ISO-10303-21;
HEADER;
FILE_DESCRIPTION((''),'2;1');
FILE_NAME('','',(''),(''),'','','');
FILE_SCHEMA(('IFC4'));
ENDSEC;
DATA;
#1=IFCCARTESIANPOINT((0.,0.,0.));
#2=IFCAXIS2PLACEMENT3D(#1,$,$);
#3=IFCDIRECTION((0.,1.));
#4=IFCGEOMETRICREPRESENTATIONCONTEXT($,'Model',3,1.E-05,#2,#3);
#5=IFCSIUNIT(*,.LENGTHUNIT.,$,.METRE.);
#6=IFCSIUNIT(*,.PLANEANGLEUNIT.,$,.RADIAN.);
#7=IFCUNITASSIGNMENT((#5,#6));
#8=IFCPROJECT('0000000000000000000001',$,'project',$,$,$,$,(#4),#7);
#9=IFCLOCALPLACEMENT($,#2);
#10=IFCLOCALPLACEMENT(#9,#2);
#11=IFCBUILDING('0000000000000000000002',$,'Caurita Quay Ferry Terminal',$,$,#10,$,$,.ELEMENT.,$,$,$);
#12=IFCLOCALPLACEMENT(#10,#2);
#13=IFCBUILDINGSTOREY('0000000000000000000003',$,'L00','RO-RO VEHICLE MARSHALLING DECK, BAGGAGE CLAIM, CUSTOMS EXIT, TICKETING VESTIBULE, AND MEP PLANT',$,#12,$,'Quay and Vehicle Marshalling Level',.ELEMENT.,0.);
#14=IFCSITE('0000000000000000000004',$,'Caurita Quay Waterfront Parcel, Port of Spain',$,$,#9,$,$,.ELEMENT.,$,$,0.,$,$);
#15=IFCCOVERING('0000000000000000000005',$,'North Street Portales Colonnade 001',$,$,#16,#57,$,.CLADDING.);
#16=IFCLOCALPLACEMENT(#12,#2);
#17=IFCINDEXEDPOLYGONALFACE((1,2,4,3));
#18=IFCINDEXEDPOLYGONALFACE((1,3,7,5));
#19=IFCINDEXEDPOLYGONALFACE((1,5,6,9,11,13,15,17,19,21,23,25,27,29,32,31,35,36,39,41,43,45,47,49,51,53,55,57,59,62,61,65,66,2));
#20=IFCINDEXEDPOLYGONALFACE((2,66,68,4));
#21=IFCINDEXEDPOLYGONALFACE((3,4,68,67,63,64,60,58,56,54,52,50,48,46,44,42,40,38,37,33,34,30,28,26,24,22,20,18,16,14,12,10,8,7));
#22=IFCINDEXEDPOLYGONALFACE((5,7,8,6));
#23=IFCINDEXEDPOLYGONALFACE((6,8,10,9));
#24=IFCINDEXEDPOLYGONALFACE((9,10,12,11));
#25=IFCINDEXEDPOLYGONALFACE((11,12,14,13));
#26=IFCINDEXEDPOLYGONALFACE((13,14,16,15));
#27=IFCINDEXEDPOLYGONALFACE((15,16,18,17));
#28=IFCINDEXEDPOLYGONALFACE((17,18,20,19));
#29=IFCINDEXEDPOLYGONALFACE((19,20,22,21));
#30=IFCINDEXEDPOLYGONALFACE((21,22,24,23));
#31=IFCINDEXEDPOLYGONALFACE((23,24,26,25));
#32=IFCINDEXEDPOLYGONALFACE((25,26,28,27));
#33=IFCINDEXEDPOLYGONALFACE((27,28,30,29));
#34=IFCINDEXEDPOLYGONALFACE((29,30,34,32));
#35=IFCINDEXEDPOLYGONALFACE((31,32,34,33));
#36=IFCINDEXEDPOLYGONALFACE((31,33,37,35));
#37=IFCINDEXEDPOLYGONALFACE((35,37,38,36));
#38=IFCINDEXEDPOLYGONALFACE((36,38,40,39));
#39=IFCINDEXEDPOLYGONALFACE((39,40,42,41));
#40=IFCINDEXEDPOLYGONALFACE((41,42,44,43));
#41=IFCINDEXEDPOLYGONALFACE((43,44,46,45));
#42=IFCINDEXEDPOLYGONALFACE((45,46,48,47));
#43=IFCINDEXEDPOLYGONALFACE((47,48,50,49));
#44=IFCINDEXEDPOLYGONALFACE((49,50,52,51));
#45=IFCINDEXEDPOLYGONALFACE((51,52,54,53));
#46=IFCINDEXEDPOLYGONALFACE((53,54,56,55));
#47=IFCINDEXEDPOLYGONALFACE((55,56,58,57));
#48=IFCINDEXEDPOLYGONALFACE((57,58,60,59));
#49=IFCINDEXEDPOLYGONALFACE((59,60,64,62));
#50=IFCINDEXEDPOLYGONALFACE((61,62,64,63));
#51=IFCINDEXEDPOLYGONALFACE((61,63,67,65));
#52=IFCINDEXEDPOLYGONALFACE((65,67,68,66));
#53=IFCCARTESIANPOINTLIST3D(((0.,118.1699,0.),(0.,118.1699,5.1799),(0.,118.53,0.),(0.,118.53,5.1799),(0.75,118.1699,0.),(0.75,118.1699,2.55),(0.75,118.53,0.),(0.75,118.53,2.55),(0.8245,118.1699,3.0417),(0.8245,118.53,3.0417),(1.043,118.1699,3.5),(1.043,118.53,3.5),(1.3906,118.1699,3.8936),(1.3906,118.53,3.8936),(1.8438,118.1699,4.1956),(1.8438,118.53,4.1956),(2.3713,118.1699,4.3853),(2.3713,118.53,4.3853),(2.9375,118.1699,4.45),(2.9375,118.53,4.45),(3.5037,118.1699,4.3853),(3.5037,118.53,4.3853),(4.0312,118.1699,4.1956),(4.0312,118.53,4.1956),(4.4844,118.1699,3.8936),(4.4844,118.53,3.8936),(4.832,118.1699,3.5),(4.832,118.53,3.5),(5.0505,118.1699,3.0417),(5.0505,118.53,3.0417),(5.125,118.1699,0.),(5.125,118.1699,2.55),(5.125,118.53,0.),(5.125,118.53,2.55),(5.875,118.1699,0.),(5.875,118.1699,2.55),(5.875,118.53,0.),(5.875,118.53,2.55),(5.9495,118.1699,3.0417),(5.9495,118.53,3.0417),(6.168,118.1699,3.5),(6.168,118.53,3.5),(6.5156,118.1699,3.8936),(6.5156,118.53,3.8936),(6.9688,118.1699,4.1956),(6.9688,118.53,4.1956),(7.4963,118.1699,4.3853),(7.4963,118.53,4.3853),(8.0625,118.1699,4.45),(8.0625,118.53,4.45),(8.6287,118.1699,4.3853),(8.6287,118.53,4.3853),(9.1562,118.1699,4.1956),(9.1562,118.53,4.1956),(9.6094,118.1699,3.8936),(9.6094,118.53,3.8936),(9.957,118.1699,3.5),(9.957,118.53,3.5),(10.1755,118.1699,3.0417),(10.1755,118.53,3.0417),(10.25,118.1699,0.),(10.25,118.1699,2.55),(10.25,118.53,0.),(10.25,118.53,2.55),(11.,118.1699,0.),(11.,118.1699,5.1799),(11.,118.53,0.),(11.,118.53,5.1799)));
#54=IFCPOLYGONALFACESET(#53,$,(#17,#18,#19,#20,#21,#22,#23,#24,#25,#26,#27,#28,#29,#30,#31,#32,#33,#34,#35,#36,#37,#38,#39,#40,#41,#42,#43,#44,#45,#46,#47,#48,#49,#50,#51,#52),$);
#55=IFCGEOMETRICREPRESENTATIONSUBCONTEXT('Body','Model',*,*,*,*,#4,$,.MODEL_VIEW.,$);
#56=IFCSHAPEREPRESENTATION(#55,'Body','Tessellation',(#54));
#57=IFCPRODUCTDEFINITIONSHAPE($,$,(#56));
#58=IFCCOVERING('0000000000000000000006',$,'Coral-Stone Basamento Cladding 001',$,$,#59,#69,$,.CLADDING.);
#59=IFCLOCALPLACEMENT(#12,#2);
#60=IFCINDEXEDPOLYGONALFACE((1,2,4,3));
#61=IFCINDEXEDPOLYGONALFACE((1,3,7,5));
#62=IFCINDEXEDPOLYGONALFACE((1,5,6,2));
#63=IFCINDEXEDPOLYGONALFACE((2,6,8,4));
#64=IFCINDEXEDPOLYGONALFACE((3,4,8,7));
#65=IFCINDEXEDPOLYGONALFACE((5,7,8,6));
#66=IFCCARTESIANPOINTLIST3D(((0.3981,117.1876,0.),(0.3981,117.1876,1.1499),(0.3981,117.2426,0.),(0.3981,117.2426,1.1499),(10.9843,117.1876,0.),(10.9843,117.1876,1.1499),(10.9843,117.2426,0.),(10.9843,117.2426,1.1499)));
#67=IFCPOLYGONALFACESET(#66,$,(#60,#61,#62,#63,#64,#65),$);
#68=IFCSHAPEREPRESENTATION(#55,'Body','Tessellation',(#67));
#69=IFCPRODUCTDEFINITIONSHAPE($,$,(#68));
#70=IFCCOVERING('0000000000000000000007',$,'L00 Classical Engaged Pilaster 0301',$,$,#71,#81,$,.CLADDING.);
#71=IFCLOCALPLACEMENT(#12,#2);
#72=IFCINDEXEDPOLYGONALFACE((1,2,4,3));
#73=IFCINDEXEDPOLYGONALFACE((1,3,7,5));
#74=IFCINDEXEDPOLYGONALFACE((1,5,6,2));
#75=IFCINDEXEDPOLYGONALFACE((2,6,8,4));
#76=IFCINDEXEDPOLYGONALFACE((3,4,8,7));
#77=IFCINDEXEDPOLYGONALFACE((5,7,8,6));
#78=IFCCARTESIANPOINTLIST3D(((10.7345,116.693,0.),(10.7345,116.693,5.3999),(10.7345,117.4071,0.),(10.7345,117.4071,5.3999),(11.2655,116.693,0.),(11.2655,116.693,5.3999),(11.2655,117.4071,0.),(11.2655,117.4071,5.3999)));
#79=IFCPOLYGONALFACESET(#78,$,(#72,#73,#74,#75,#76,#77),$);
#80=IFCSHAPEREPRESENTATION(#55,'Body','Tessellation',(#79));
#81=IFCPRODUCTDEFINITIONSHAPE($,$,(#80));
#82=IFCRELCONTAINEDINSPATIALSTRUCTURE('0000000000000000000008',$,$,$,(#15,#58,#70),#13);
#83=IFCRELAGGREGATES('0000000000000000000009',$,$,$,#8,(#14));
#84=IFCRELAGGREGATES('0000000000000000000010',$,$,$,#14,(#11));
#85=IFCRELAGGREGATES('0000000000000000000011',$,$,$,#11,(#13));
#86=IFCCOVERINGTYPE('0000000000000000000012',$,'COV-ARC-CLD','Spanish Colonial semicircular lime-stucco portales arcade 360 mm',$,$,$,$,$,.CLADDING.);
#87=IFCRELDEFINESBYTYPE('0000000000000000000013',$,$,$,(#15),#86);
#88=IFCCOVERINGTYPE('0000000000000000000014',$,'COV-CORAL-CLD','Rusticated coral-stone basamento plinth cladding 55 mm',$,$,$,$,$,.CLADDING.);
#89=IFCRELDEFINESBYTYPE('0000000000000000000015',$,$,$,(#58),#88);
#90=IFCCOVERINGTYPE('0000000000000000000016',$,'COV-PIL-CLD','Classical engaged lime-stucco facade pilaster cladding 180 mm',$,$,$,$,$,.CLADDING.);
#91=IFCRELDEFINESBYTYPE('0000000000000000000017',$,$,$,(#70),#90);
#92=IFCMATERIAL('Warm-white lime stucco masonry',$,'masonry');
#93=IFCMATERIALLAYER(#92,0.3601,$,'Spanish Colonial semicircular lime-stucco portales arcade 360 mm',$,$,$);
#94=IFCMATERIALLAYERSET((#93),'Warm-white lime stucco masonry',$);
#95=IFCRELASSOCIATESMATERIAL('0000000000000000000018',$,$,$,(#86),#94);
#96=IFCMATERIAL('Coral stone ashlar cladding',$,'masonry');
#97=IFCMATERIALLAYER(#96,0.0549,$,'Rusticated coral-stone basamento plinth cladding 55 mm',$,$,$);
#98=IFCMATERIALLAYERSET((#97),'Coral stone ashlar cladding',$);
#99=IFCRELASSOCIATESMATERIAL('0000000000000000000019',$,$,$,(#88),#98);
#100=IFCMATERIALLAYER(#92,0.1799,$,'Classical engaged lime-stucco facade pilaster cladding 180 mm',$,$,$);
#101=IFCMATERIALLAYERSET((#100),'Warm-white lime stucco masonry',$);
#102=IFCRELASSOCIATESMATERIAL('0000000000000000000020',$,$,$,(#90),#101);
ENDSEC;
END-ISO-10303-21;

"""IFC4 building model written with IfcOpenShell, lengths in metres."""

from ifc_helpers import new_model, si_unit, direction, frame, frame_2d, origin, origin_2d, place, context, subcontext, project, spatial, polyline, rectangle, outline, extrude, material, layer, layer_set, type_object, element, save


model = new_model("IFC4")

# Units and contexts
model_context = context("Model", 3, precision=1e-05, world=origin(), true_north=direction((0.0, 1.0)))
body_context = subcontext(model_context, "Body", "Model", "MODEL_VIEW")
ifc_project = project(units=[si_unit("LENGTHUNIT", "METRE"), si_unit("PLANEANGLEUNIT", "RADIAN")], contexts=[model_context])

# Site, building, storey
site_placement = place(None, origin())
site = spatial("IfcSite", under=ifc_project, at=site_placement, Name="Caurita Quay Waterfront Parcel, Port of Spain", CompositionType="ELEMENT", RefElevation=0.0)
building_placement = place(site_placement, origin())
building = spatial("IfcBuilding", under=site, at=building_placement, Name="Caurita Quay Ferry Terminal", CompositionType="ELEMENT")
storey_placement = place(building_placement, origin())
storey = spatial("IfcBuildingStorey", under=building, at=storey_placement, Name="L00", Description="RO-RO VEHICLE MARSHALLING DECK, BAGGAGE CLAIM, CUSTOMS EXIT, TICKETING VESTIBULE, AND MEP PLANT", LongName="Quay and Vehicle Marshalling Level", CompositionType="ELEMENT", Elevation=0.0)

# Shared definitions
ifc_material_1 = material(Name="Coral stone ashlar cladding", Category="masonry")

# Coverings
ifc_material_2 = material(Name="Warm-white lime stucco masonry", Category="masonry")
ifc_layer_1 = layer(ifc_material_2, 0.3601, Name="Spanish Colonial semicircular lime-stucco portales arcade 360 mm")
ifc_layer_set_1 = layer_set([ifc_layer_1], Name="Warm-white lime stucco masonry")
covering_type_1 = type_object("IfcCoveringType", Name="COV-ARC-CLD", Description="Spanish Colonial semicircular lime-stucco portales arcade 360 mm", PredefinedType="CLADDING", material=ifc_layer_set_1)
covering_1_placement = place(storey_placement, frame((11.0, 118.3501, 0.0), z_axis=(0.0, 0.0, 1.0), x_axis=(-1.0, 0.0, 0.0)))
element("IfcCovering", 1, at=covering_1_placement, inside=storey, type_object=covering_type_1, Name="North Street Portales Colonnade 001", PredefinedType="CLADDING", context=body_context, shape_type="SweptSolid", body=[
    extrude(outline(polyline([(0.0, 0.0), (0.75, 0.0), (0.75, 2.55), (0.8245, 3.0417), (1.043, 3.5), (1.3906, 3.8936), (1.8438, 4.1956), (2.3713, 4.3853), (2.9375, 4.45), (3.5037, 4.3853), (4.0312, 4.1956), (4.4844, 3.8936), (4.832, 3.5), (5.0505, 3.0417), (5.125, 2.55), (5.125, 0.0), (5.875, 0.0), (5.875, 2.55), (5.9495, 3.0417), (6.168, 3.5), (6.5156, 3.8936), (6.9688, 4.1956), (7.4963, 4.3853), (8.0625, 4.45), (8.6287, 4.3853), (9.1562, 4.1956), (9.6094, 3.8936), (9.957, 3.5), (10.1755, 3.0417), (10.25, 2.55), (10.25, 0.0), (11.0, 0.0), (11.0, 5.1799), (0.0, 5.1799), (0.0, 0.0)])), frame((0.0, 0.1802, 0.0), z_axis=(0.0, -1.0, 0.0), x_axis=(1.0, 0.0, 0.0)), (0.0, 0.0, 1.0), 0.3601),
])
ifc_layer_2 = layer(ifc_material_1, 0.0549, Name="Rusticated coral-stone basamento plinth cladding 55 mm")
ifc_layer_set_2 = layer_set([ifc_layer_2], Name="Coral stone ashlar cladding")
covering_type_2 = type_object("IfcCoveringType", Name="COV-CORAL-CLD", Description="Rusticated coral-stone basamento plinth cladding 55 mm", PredefinedType="CLADDING", material=ifc_layer_set_2)
covering_2_placement = place(storey_placement, frame((10.9841, 117.2151, 0.0), z_axis=(0.0, 0.0, 1.0), x_axis=(-1.0, 0.0, 0.0)))
element("IfcCovering", 2, at=covering_2_placement, inside=storey, type_object=covering_type_2, Name="Coral-Stone Basamento Cladding 001", PredefinedType="CLADDING", context=body_context, shape_type="SweptSolid", body=[
    extrude(rectangle(XDim=10.5862, YDim=0.0549, at=frame_2d((5.293, 0.0))), origin(), (0.0, 0.0, 1.0), 1.1499),
])
ifc_layer_3 = layer(ifc_material_2, 0.1799, Name="Classical engaged lime-stucco facade pilaster cladding 180 mm")
ifc_layer_set_3 = layer_set([ifc_layer_3], Name="Warm-white lime stucco masonry")
covering_type_3 = type_object("IfcCoveringType", Name="COV-PIL-CLD", Description="Classical engaged lime-stucco facade pilaster cladding 180 mm", PredefinedType="CLADDING", material=ifc_layer_set_3)
covering_3_placement = place(storey_placement, frame((11.0, 117.05, 0.0), z_axis=(0.0, 0.0, 1.0), x_axis=(1.0, 0.0, 0.0)))
element("IfcCovering", 3, at=covering_3_placement, inside=storey, type_object=covering_type_3, Name="L00 Classical Engaged Pilaster 0301", PredefinedType="CLADDING", context=body_context, shape_type="SweptSolid", body=[
    extrude(rectangle(XDim=0.531, YDim=0.7141, at=origin_2d()), origin(), (0.0, 0.0, 1.0), 5.3999),
])

save(model, "model.ifc")
